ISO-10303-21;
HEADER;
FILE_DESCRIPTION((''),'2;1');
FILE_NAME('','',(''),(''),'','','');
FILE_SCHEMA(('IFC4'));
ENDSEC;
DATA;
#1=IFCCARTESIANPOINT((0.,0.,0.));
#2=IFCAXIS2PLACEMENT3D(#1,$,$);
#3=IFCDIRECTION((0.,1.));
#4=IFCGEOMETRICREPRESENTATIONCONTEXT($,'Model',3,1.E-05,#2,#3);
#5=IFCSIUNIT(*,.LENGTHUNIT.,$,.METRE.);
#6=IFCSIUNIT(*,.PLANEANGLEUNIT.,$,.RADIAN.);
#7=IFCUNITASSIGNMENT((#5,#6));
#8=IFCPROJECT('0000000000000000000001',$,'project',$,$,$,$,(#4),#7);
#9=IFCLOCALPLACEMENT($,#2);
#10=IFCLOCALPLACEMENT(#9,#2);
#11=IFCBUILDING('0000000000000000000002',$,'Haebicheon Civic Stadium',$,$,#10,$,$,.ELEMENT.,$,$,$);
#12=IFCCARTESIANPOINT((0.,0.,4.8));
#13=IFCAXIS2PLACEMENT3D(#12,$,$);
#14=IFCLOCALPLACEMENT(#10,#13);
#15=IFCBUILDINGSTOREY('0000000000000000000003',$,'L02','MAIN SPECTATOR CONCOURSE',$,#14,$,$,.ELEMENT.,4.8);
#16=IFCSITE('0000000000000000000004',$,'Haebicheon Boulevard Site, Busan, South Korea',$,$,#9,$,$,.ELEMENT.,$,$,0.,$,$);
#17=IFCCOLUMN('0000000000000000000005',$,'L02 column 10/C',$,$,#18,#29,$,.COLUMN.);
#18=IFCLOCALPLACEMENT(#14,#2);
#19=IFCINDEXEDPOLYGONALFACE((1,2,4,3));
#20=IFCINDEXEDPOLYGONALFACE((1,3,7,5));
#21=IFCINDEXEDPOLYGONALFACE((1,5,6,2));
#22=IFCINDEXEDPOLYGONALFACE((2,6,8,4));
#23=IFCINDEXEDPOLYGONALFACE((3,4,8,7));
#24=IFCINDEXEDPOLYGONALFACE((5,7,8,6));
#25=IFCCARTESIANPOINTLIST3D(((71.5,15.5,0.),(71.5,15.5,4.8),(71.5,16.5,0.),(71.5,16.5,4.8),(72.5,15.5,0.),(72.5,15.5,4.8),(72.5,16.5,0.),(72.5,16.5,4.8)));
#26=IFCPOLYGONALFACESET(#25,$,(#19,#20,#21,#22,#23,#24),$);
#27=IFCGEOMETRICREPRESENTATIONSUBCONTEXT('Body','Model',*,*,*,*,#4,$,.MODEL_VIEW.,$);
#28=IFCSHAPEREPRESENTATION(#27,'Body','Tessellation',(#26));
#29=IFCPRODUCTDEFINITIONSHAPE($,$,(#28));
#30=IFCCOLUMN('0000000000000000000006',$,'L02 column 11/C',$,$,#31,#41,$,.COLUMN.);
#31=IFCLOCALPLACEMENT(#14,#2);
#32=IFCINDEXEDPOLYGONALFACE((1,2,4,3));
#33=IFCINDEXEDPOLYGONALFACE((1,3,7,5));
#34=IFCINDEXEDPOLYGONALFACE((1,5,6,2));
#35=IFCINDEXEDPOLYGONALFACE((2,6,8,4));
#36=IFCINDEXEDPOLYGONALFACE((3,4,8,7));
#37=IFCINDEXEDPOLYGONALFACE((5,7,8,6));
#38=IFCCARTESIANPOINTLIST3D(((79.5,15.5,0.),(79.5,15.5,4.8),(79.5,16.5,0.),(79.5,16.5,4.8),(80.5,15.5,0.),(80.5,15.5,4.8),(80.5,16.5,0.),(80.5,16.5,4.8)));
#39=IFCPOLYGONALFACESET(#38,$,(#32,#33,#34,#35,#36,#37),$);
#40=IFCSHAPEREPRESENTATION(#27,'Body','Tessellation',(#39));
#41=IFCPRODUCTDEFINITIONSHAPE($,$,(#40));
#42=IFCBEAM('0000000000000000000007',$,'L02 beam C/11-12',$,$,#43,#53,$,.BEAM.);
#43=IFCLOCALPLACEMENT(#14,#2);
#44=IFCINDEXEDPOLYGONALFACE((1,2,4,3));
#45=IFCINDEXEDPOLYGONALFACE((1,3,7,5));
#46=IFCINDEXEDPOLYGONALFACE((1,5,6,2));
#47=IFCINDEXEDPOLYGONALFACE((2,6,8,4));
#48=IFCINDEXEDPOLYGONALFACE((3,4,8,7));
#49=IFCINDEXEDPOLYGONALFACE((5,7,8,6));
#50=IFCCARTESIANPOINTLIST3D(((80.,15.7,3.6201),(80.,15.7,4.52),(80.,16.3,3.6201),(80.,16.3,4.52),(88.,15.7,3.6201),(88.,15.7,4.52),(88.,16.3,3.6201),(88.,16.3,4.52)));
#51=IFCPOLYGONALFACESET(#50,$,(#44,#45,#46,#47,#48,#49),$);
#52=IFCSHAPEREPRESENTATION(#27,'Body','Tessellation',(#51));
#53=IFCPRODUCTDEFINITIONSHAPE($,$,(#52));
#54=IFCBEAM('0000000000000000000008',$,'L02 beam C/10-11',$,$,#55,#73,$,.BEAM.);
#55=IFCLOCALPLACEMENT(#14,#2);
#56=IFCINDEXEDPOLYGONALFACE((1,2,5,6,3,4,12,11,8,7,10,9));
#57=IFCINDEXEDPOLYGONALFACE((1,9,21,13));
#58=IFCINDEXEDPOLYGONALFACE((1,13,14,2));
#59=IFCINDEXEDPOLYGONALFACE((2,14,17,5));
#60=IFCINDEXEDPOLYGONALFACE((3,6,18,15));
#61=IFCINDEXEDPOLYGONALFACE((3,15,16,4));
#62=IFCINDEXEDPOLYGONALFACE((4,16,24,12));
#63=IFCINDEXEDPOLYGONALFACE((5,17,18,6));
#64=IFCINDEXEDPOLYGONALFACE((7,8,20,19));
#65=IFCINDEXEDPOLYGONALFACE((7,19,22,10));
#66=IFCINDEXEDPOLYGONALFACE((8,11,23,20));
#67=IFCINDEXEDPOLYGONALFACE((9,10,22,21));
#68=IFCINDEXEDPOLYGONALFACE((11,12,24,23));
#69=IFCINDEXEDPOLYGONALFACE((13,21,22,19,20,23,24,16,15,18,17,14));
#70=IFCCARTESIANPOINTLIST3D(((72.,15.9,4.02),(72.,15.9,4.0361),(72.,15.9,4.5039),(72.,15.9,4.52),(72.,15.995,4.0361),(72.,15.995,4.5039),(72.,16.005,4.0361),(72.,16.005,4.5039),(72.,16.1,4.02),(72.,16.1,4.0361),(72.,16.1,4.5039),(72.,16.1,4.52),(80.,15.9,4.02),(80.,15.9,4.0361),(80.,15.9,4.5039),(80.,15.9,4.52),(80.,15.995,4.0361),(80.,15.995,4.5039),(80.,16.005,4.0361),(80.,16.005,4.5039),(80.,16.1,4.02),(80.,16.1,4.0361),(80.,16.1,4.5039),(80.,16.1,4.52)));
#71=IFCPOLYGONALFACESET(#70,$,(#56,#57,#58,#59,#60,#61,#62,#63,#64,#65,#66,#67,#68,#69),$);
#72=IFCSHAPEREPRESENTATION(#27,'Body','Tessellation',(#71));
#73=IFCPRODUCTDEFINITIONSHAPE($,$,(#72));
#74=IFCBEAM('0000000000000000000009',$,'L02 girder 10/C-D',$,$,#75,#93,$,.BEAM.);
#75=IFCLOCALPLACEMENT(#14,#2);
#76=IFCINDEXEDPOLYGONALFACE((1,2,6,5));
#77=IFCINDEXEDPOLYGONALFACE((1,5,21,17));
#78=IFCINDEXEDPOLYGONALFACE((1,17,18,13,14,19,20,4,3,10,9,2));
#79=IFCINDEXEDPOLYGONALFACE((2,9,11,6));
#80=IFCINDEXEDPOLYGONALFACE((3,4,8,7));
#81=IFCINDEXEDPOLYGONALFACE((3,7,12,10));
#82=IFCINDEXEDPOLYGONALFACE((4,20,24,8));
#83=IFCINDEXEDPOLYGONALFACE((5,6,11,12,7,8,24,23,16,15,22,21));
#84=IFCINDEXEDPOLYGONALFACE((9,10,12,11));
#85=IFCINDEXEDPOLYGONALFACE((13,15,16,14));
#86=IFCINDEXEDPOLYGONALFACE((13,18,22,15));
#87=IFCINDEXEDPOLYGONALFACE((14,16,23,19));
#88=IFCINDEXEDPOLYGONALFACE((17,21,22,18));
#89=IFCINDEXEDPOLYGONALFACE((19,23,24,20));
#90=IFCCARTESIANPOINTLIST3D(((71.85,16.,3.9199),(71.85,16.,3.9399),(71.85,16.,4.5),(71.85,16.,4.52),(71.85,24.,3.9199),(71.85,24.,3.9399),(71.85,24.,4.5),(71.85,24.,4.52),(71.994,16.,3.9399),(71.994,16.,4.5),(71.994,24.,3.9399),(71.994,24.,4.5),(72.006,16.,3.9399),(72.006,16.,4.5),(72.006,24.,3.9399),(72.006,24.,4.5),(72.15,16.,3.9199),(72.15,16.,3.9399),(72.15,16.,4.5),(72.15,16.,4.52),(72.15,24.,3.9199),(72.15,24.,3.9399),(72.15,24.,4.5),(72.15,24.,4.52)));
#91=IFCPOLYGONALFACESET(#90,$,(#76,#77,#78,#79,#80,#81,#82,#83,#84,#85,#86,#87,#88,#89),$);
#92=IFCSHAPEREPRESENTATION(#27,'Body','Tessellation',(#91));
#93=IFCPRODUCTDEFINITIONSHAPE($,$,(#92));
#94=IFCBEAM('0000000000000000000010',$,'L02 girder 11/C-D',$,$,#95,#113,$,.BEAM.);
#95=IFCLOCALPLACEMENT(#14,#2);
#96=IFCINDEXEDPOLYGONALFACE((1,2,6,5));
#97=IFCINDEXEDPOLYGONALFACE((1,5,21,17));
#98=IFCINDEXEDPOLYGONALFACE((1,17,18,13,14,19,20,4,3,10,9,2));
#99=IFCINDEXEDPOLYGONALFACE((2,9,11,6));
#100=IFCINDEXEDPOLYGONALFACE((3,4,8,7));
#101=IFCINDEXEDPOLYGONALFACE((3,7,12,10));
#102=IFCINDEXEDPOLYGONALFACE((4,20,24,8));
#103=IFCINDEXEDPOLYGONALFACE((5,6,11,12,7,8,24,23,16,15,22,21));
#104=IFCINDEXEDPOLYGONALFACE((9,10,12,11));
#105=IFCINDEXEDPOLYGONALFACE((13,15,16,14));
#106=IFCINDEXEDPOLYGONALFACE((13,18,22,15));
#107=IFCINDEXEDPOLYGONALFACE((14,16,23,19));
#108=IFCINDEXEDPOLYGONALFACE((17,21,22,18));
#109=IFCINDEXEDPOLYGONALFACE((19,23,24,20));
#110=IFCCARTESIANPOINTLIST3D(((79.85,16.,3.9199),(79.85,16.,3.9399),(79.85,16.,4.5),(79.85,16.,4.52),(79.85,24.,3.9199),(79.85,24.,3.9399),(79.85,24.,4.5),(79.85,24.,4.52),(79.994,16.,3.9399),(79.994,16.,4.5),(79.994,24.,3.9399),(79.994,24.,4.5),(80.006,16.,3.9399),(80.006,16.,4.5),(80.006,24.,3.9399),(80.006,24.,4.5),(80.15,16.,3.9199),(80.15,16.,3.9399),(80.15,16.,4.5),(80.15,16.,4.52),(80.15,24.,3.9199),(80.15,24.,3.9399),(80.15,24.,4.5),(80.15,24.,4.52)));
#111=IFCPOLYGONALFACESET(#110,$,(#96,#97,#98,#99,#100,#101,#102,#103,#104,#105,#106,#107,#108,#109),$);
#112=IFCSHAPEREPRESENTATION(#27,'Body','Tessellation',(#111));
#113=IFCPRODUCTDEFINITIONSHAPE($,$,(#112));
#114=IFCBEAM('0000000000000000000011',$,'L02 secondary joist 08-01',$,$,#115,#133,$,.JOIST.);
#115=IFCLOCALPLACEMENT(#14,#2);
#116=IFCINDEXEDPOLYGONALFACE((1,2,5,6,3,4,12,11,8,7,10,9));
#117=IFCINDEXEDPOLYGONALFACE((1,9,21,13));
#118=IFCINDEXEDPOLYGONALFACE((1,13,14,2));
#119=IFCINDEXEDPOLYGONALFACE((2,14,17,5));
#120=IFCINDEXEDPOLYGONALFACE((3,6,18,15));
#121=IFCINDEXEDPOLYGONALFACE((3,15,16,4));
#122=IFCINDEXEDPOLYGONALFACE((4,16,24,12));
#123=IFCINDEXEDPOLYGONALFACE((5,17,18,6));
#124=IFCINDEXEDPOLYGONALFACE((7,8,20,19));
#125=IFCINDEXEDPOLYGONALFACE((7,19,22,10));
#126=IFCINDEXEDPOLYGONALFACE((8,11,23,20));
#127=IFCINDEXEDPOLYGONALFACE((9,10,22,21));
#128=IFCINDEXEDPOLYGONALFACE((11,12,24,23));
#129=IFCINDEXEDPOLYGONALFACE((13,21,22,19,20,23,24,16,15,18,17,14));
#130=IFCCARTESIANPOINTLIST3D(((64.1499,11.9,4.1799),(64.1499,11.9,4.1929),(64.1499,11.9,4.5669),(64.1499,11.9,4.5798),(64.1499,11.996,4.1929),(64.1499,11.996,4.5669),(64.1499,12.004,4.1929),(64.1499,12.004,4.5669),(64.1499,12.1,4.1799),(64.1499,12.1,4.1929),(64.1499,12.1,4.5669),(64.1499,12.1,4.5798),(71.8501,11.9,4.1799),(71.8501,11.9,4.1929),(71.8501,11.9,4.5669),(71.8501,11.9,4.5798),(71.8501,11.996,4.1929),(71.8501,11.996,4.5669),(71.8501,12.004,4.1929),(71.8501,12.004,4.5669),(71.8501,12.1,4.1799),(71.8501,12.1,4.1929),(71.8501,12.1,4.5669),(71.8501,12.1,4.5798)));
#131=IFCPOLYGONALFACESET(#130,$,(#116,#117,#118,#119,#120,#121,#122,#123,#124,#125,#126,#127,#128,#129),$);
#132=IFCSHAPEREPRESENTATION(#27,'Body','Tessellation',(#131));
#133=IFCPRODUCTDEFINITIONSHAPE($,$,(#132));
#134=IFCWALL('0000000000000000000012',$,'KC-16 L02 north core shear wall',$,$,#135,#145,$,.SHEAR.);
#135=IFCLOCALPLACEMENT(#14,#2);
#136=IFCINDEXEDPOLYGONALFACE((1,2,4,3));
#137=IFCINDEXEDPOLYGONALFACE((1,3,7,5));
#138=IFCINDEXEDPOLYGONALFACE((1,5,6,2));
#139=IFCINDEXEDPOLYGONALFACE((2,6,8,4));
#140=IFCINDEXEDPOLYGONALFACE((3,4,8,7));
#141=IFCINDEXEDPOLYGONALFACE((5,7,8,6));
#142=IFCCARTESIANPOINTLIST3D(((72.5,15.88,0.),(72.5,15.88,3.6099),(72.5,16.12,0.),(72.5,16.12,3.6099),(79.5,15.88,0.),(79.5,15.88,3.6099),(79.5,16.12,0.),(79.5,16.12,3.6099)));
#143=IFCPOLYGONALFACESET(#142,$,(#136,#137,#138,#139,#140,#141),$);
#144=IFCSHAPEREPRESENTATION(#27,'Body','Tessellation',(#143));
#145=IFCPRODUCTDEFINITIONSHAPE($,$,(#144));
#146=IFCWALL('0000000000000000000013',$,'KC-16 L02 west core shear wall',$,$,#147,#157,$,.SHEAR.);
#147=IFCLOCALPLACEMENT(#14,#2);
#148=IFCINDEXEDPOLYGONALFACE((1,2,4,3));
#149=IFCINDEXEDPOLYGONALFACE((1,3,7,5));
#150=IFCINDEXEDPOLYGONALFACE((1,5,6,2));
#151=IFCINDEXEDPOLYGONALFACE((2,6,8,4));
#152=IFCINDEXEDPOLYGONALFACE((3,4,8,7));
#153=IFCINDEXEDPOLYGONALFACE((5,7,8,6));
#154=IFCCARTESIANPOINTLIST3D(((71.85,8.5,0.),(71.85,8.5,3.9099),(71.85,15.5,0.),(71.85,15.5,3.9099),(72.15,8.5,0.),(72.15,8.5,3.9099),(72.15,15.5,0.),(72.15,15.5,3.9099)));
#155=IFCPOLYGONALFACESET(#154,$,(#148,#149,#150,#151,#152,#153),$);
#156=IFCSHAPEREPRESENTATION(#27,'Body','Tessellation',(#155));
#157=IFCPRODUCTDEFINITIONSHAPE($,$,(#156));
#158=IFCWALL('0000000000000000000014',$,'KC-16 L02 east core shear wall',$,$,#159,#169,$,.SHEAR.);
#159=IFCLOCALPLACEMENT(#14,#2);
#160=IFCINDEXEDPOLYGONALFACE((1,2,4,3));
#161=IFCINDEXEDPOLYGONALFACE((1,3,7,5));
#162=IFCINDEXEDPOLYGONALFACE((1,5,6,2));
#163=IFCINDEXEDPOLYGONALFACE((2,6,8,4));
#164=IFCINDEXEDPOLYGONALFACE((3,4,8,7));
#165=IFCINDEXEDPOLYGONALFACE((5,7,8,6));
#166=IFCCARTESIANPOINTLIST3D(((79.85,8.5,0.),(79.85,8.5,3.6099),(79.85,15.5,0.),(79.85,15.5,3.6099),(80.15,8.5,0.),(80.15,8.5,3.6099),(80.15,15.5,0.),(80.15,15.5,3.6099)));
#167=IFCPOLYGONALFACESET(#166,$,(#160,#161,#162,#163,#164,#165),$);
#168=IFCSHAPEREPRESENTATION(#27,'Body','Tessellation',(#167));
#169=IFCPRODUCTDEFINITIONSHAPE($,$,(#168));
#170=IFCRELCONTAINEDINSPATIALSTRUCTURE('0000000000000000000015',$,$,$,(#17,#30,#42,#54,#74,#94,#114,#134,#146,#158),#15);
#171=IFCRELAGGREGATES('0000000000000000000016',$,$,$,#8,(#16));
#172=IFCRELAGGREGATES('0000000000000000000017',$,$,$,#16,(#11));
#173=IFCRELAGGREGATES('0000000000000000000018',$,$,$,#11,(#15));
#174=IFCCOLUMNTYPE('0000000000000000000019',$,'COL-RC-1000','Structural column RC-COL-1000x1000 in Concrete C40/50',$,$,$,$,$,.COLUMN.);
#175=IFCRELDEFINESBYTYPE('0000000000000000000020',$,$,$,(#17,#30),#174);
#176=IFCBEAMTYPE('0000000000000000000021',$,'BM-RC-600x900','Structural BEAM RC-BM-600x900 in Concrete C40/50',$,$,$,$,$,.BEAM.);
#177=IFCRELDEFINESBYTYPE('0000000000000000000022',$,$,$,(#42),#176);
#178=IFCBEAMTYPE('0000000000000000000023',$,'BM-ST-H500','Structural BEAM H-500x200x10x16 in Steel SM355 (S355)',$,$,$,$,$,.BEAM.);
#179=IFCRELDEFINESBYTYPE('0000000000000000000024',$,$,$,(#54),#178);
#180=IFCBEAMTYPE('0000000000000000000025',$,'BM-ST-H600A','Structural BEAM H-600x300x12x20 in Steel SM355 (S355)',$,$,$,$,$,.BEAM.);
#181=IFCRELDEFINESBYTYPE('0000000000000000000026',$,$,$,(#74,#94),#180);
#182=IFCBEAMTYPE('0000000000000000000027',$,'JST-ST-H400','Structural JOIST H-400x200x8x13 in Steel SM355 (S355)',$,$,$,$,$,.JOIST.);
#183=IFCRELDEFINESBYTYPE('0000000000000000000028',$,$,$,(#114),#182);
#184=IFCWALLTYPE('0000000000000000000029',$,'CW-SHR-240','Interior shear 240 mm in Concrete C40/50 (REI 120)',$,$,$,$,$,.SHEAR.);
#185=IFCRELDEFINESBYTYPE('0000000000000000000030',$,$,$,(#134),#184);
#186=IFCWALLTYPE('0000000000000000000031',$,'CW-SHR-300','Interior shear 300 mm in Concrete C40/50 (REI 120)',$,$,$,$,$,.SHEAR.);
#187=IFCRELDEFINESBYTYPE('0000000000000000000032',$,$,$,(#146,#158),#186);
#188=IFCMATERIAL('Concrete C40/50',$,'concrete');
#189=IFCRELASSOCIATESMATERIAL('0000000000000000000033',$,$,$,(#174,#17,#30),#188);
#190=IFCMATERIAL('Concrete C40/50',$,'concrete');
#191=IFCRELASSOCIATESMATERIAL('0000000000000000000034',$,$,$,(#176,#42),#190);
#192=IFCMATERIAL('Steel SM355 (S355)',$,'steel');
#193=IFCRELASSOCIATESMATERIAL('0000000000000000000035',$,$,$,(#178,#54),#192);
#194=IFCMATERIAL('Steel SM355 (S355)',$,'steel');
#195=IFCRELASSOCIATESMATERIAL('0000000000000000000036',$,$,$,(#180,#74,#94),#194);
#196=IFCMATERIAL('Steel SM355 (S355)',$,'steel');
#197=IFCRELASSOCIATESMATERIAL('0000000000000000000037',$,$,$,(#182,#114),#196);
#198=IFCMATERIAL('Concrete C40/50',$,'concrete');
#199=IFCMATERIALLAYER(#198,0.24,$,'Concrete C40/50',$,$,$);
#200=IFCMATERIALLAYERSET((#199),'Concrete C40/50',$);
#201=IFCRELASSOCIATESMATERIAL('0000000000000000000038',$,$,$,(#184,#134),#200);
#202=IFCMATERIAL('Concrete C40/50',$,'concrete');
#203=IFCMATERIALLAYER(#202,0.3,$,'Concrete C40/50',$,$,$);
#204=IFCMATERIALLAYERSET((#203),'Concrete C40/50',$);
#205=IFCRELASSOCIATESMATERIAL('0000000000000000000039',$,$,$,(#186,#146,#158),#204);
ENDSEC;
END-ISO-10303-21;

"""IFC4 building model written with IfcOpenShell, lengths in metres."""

from ifc_helpers import new_model, si_unit, direction, frame, frame_2d, origin, origin_2d, place, context, subcontext, project, spatial, rectangle, i_section, extrude, material, layer, layer_set, material_profile, profile_set, type_object, element, save


model = new_model("IFC4")

# Units and contexts
model_context = context("Model", 3, precision=1e-05, world=origin(), true_north=direction((0.0, 1.0)))
body_context = subcontext(model_context, "Body", "Model", "MODEL_VIEW")
ifc_project = project(units=[si_unit("LENGTHUNIT", "METRE"), si_unit("PLANEANGLEUNIT", "RADIAN")], contexts=[model_context])

# Site, building, storey
site_placement = place(None, origin())
site = spatial("IfcSite", under=ifc_project, at=site_placement, Name="Haebicheon Boulevard Site, Busan, South Korea", CompositionType="ELEMENT", RefElevation=0.0)
building_placement = place(site_placement, origin())
building = spatial("IfcBuilding", under=site, at=building_placement, Name="Haebicheon Civic Stadium", CompositionType="ELEMENT")
storey_placement = place(building_placement, frame((0.0, 0.0, 4.8)))
storey = spatial("IfcBuildingStorey", under=building, at=storey_placement, Name="L02", Description="MAIN SPECTATOR CONCOURSE", CompositionType="ELEMENT", Elevation=4.8)

# Columns
ifc_material_1 = material(Name="Concrete C40/50", Category="concrete")
ifc_material_profile_1 = material_profile(ifc_material_1, rectangle(XDim=1.0, YDim=1.0, at=origin_2d()), Name="RC-COL-1000x1000")
ifc_profile_set_1 = profile_set([ifc_material_profile_1], Name="Concrete C40/50")
column_type = type_object("IfcColumnType", Name="COL-RC-1000", Description="Structural column RC-COL-1000x1000 in Concrete C40/50", PredefinedType="COLUMN", material=ifc_profile_set_1)
for number, where, z_axis, x_axis, name in (
    (1, (72.0, 16.0, 0.0), (0.0, 0.0, 1.0), (1.0, 0.0, 0.0), "L02 column 10/C"),
    (2, (80.0, 16.0, 0.0), (0.0, 0.0, 1.0), (1.0, 0.0, 0.0), "L02 column 11/C"),
):
    element("IfcColumn", number, at=place(storey_placement, frame(where, z_axis=z_axis, x_axis=x_axis)), inside=storey, type_object=column_type, material=ifc_profile_set_1, Name=name, PredefinedType="COLUMN", context=body_context, shape_type="SweptSolid", body=[
        extrude(rectangle(XDim=1.0, YDim=1.0, at=origin_2d()), origin(), (0.0, 0.0, 1.0), 4.8),
    ])

# Beams
ifc_material_2 = material(Name="Concrete C40/50", Category="concrete")
ifc_material_profile_2 = material_profile(ifc_material_2, rectangle(XDim=0.6001, YDim=0.8999, at=origin_2d()), Name="RC-BM-600x900")
ifc_profile_set_2 = profile_set([ifc_material_profile_2], Name="Concrete C40/50")
beam_type_1 = type_object("IfcBeamType", Name="BM-RC-600x900", Description="Structural BEAM RC-BM-600x900 in Concrete C40/50", PredefinedType="BEAM", material=ifc_profile_set_2)
beam_1_placement = place(storey_placement, frame((80.0, 16.0, 4.0701), z_axis=(1.0, 0.0, 0.0), x_axis=(0.0, 1.0, 0.0)))
element("IfcBeam", 3, at=beam_1_placement, inside=storey, type_object=beam_type_1, material=ifc_profile_set_2, Name="L02 beam C/11-12", PredefinedType="BEAM", context=body_context, shape_type="SweptSolid", body=[
    extrude(rectangle(XDim=0.6001, YDim=0.8999, at=origin_2d()), origin(), (0.0, 0.0, 1.0), 8.0),
])
ifc_material_3 = material(Name="Steel SM355 (S355)", Category="steel")
ifc_material_profile_3 = material_profile(ifc_material_3, i_section(OverallWidth=0.2, OverallDepth=0.5, WebThickness=0.01, FlangeThickness=0.0161, at=origin_2d()), Name="H-500x200x10x16")
ifc_profile_set_3 = profile_set([ifc_material_profile_3], Name="Steel SM355 (S355)")
beam_type_2 = type_object("IfcBeamType", Name="BM-ST-H500", Description="Structural BEAM H-500x200x10x16 in Steel SM355 (S355)", PredefinedType="BEAM", material=ifc_profile_set_3)
beam_2_placement = place(storey_placement, frame((72.0, 16.0, 4.27), z_axis=(1.0, 0.0, 0.0), x_axis=(0.0, 1.0, 0.0)))
element("IfcBeam", 4, at=beam_2_placement, inside=storey, type_object=beam_type_2, material=ifc_profile_set_3, Name="L02 beam C/10-11", PredefinedType="BEAM", context=body_context, shape_type="SweptSolid", body=[
    extrude(i_section(OverallWidth=0.2, OverallDepth=0.5, WebThickness=0.01, FlangeThickness=0.0161, at=origin_2d()), origin(), (0.0, 0.0, 1.0), 8.0),
])
ifc_material_4 = material(Name="Steel SM355 (S355)", Category="steel")
ifc_material_profile_4 = material_profile(ifc_material_4, i_section(OverallWidth=0.3, OverallDepth=0.6001, WebThickness=0.012, FlangeThickness=0.02, at=origin_2d()), Name="H-600x300x12x20")
ifc_profile_set_4 = profile_set([ifc_material_profile_4], Name="Steel SM355 (S355)")
beam_type_3 = type_object("IfcBeamType", Name="BM-ST-H600A", Description="Structural BEAM H-600x300x12x20 in Steel SM355 (S355)", PredefinedType="BEAM", material=ifc_profile_set_4)
for number, where, z_axis, x_axis, name in (
    (5, (72.0, 16.0, 4.22), (0.0, 1.0, 0.0), (-1.0, 0.0, 0.0), "L02 girder 10/C-D"),
    (6, (80.0, 16.0, 4.22), (0.0, 1.0, 0.0), (-1.0, 0.0, 0.0), "L02 girder 11/C-D"),
):
    element("IfcBeam", number, at=place(storey_placement, frame(where, z_axis=z_axis, x_axis=x_axis)), inside=storey, type_object=beam_type_3, material=ifc_profile_set_4, Name=name, PredefinedType="BEAM", context=body_context, shape_type="SweptSolid", body=[
        extrude(i_section(OverallWidth=0.3, OverallDepth=0.6001, WebThickness=0.012, FlangeThickness=0.02, at=origin_2d()), origin(), (0.0, 0.0, 1.0), 8.0),
    ])
ifc_material_5 = material(Name="Steel SM355 (S355)", Category="steel")
ifc_material_profile_5 = material_profile(ifc_material_5, i_section(OverallWidth=0.2, OverallDepth=0.3999, WebThickness=0.0081, FlangeThickness=0.0129, at=origin_2d()), Name="H-400x200x8x13")
ifc_profile_set_5 = profile_set([ifc_material_profile_5], Name="Steel SM355 (S355)")
beam_type_4 = type_object("IfcBeamType", Name="JST-ST-H400", Description="Structural JOIST H-400x200x8x13 in Steel SM355 (S355)", PredefinedType="JOIST", material=ifc_profile_set_5)
beam_3_placement = place(storey_placement, frame((64.1499, 12.0, 4.3799), z_axis=(1.0, 0.0, 0.0), x_axis=(0.0, 1.0, 0.0)))
element("IfcBeam", 7, at=beam_3_placement, inside=storey, type_object=beam_type_4, material=ifc_profile_set_5, Name="L02 secondary joist 08-01", PredefinedType="JOIST", context=body_context, shape_type="SweptSolid", body=[
    extrude(i_section(OverallWidth=0.2, OverallDepth=0.3999, WebThickness=0.0081, FlangeThickness=0.0129, at=origin_2d()), origin(), (0.0, 0.0, 1.0), 7.7002),
])

# Walls
ifc_material_6 = material(Name="Concrete C40/50", Category="concrete")
ifc_layer_1 = layer(ifc_material_6, 0.24, Name="Concrete C40/50")
ifc_layer_set_1 = layer_set([ifc_layer_1], Name="Concrete C40/50")
wall_type_1 = type_object("IfcWallType", Name="CW-SHR-240", Description="Interior shear 240 mm in Concrete C40/50 (REI 120)", PredefinedType="SHEAR", material=ifc_layer_set_1)
wall_1_placement = place(storey_placement, frame((72.5, 16.0, 0.0), z_axis=(0.0, 0.0, 1.0), x_axis=(1.0, 0.0, 0.0)))
element("IfcWall", 8, at=wall_1_placement, inside=storey, type_object=wall_type_1, material=ifc_layer_set_1, Name="KC-16 L02 north core shear wall", PredefinedType="SHEAR", context=body_context, shape_type="SweptSolid", body=[
    extrude(rectangle(XDim=7.0, YDim=0.24, at=frame_2d((3.5, 0.0))), origin(), (0.0, 0.0, 1.0), 3.6099),
])
ifc_material_7 = material(Name="Concrete C40/50", Category="concrete")
ifc_layer_2 = layer(ifc_material_7, 0.3, Name="Concrete C40/50")
ifc_layer_set_2 = layer_set([ifc_layer_2], Name="Concrete C40/50")
wall_type_2 = type_object("IfcWallType", Name="CW-SHR-300", Description="Interior shear 300 mm in Concrete C40/50 (REI 120)", PredefinedType="SHEAR", material=ifc_layer_set_2)
wall_2_placement = place(storey_placement, frame((72.0, 8.5, 0.0), z_axis=(0.0, 0.0, 1.0), x_axis=(0.0, 1.0, 0.0)))
element("IfcWall", 9, at=wall_2_placement, inside=storey, type_object=wall_type_2, material=ifc_layer_set_2, Name="KC-16 L02 west core shear wall", PredefinedType="SHEAR", context=body_context, shape_type="SweptSolid", body=[
    extrude(rectangle(XDim=7.0, YDim=0.3, at=frame_2d((3.5, 0.0))), origin(), (0.0, 0.0, 1.0), 3.9099),
])
wall_3_placement = place(storey_placement, frame((80.0, 8.5, 0.0), z_axis=(0.0, 0.0, 1.0), x_axis=(0.0, 1.0, 0.0)))
element("IfcWall", 10, at=wall_3_placement, inside=storey, type_object=wall_type_2, material=ifc_layer_set_2, Name="KC-16 L02 east core shear wall", PredefinedType="SHEAR", context=body_context, shape_type="SweptSolid", body=[
    extrude(rectangle(XDim=7.0, YDim=0.3, at=frame_2d((3.5, 0.0))), origin(), (0.0, 0.0, 1.0), 3.6099),
])

save(model, "model.ifc")
